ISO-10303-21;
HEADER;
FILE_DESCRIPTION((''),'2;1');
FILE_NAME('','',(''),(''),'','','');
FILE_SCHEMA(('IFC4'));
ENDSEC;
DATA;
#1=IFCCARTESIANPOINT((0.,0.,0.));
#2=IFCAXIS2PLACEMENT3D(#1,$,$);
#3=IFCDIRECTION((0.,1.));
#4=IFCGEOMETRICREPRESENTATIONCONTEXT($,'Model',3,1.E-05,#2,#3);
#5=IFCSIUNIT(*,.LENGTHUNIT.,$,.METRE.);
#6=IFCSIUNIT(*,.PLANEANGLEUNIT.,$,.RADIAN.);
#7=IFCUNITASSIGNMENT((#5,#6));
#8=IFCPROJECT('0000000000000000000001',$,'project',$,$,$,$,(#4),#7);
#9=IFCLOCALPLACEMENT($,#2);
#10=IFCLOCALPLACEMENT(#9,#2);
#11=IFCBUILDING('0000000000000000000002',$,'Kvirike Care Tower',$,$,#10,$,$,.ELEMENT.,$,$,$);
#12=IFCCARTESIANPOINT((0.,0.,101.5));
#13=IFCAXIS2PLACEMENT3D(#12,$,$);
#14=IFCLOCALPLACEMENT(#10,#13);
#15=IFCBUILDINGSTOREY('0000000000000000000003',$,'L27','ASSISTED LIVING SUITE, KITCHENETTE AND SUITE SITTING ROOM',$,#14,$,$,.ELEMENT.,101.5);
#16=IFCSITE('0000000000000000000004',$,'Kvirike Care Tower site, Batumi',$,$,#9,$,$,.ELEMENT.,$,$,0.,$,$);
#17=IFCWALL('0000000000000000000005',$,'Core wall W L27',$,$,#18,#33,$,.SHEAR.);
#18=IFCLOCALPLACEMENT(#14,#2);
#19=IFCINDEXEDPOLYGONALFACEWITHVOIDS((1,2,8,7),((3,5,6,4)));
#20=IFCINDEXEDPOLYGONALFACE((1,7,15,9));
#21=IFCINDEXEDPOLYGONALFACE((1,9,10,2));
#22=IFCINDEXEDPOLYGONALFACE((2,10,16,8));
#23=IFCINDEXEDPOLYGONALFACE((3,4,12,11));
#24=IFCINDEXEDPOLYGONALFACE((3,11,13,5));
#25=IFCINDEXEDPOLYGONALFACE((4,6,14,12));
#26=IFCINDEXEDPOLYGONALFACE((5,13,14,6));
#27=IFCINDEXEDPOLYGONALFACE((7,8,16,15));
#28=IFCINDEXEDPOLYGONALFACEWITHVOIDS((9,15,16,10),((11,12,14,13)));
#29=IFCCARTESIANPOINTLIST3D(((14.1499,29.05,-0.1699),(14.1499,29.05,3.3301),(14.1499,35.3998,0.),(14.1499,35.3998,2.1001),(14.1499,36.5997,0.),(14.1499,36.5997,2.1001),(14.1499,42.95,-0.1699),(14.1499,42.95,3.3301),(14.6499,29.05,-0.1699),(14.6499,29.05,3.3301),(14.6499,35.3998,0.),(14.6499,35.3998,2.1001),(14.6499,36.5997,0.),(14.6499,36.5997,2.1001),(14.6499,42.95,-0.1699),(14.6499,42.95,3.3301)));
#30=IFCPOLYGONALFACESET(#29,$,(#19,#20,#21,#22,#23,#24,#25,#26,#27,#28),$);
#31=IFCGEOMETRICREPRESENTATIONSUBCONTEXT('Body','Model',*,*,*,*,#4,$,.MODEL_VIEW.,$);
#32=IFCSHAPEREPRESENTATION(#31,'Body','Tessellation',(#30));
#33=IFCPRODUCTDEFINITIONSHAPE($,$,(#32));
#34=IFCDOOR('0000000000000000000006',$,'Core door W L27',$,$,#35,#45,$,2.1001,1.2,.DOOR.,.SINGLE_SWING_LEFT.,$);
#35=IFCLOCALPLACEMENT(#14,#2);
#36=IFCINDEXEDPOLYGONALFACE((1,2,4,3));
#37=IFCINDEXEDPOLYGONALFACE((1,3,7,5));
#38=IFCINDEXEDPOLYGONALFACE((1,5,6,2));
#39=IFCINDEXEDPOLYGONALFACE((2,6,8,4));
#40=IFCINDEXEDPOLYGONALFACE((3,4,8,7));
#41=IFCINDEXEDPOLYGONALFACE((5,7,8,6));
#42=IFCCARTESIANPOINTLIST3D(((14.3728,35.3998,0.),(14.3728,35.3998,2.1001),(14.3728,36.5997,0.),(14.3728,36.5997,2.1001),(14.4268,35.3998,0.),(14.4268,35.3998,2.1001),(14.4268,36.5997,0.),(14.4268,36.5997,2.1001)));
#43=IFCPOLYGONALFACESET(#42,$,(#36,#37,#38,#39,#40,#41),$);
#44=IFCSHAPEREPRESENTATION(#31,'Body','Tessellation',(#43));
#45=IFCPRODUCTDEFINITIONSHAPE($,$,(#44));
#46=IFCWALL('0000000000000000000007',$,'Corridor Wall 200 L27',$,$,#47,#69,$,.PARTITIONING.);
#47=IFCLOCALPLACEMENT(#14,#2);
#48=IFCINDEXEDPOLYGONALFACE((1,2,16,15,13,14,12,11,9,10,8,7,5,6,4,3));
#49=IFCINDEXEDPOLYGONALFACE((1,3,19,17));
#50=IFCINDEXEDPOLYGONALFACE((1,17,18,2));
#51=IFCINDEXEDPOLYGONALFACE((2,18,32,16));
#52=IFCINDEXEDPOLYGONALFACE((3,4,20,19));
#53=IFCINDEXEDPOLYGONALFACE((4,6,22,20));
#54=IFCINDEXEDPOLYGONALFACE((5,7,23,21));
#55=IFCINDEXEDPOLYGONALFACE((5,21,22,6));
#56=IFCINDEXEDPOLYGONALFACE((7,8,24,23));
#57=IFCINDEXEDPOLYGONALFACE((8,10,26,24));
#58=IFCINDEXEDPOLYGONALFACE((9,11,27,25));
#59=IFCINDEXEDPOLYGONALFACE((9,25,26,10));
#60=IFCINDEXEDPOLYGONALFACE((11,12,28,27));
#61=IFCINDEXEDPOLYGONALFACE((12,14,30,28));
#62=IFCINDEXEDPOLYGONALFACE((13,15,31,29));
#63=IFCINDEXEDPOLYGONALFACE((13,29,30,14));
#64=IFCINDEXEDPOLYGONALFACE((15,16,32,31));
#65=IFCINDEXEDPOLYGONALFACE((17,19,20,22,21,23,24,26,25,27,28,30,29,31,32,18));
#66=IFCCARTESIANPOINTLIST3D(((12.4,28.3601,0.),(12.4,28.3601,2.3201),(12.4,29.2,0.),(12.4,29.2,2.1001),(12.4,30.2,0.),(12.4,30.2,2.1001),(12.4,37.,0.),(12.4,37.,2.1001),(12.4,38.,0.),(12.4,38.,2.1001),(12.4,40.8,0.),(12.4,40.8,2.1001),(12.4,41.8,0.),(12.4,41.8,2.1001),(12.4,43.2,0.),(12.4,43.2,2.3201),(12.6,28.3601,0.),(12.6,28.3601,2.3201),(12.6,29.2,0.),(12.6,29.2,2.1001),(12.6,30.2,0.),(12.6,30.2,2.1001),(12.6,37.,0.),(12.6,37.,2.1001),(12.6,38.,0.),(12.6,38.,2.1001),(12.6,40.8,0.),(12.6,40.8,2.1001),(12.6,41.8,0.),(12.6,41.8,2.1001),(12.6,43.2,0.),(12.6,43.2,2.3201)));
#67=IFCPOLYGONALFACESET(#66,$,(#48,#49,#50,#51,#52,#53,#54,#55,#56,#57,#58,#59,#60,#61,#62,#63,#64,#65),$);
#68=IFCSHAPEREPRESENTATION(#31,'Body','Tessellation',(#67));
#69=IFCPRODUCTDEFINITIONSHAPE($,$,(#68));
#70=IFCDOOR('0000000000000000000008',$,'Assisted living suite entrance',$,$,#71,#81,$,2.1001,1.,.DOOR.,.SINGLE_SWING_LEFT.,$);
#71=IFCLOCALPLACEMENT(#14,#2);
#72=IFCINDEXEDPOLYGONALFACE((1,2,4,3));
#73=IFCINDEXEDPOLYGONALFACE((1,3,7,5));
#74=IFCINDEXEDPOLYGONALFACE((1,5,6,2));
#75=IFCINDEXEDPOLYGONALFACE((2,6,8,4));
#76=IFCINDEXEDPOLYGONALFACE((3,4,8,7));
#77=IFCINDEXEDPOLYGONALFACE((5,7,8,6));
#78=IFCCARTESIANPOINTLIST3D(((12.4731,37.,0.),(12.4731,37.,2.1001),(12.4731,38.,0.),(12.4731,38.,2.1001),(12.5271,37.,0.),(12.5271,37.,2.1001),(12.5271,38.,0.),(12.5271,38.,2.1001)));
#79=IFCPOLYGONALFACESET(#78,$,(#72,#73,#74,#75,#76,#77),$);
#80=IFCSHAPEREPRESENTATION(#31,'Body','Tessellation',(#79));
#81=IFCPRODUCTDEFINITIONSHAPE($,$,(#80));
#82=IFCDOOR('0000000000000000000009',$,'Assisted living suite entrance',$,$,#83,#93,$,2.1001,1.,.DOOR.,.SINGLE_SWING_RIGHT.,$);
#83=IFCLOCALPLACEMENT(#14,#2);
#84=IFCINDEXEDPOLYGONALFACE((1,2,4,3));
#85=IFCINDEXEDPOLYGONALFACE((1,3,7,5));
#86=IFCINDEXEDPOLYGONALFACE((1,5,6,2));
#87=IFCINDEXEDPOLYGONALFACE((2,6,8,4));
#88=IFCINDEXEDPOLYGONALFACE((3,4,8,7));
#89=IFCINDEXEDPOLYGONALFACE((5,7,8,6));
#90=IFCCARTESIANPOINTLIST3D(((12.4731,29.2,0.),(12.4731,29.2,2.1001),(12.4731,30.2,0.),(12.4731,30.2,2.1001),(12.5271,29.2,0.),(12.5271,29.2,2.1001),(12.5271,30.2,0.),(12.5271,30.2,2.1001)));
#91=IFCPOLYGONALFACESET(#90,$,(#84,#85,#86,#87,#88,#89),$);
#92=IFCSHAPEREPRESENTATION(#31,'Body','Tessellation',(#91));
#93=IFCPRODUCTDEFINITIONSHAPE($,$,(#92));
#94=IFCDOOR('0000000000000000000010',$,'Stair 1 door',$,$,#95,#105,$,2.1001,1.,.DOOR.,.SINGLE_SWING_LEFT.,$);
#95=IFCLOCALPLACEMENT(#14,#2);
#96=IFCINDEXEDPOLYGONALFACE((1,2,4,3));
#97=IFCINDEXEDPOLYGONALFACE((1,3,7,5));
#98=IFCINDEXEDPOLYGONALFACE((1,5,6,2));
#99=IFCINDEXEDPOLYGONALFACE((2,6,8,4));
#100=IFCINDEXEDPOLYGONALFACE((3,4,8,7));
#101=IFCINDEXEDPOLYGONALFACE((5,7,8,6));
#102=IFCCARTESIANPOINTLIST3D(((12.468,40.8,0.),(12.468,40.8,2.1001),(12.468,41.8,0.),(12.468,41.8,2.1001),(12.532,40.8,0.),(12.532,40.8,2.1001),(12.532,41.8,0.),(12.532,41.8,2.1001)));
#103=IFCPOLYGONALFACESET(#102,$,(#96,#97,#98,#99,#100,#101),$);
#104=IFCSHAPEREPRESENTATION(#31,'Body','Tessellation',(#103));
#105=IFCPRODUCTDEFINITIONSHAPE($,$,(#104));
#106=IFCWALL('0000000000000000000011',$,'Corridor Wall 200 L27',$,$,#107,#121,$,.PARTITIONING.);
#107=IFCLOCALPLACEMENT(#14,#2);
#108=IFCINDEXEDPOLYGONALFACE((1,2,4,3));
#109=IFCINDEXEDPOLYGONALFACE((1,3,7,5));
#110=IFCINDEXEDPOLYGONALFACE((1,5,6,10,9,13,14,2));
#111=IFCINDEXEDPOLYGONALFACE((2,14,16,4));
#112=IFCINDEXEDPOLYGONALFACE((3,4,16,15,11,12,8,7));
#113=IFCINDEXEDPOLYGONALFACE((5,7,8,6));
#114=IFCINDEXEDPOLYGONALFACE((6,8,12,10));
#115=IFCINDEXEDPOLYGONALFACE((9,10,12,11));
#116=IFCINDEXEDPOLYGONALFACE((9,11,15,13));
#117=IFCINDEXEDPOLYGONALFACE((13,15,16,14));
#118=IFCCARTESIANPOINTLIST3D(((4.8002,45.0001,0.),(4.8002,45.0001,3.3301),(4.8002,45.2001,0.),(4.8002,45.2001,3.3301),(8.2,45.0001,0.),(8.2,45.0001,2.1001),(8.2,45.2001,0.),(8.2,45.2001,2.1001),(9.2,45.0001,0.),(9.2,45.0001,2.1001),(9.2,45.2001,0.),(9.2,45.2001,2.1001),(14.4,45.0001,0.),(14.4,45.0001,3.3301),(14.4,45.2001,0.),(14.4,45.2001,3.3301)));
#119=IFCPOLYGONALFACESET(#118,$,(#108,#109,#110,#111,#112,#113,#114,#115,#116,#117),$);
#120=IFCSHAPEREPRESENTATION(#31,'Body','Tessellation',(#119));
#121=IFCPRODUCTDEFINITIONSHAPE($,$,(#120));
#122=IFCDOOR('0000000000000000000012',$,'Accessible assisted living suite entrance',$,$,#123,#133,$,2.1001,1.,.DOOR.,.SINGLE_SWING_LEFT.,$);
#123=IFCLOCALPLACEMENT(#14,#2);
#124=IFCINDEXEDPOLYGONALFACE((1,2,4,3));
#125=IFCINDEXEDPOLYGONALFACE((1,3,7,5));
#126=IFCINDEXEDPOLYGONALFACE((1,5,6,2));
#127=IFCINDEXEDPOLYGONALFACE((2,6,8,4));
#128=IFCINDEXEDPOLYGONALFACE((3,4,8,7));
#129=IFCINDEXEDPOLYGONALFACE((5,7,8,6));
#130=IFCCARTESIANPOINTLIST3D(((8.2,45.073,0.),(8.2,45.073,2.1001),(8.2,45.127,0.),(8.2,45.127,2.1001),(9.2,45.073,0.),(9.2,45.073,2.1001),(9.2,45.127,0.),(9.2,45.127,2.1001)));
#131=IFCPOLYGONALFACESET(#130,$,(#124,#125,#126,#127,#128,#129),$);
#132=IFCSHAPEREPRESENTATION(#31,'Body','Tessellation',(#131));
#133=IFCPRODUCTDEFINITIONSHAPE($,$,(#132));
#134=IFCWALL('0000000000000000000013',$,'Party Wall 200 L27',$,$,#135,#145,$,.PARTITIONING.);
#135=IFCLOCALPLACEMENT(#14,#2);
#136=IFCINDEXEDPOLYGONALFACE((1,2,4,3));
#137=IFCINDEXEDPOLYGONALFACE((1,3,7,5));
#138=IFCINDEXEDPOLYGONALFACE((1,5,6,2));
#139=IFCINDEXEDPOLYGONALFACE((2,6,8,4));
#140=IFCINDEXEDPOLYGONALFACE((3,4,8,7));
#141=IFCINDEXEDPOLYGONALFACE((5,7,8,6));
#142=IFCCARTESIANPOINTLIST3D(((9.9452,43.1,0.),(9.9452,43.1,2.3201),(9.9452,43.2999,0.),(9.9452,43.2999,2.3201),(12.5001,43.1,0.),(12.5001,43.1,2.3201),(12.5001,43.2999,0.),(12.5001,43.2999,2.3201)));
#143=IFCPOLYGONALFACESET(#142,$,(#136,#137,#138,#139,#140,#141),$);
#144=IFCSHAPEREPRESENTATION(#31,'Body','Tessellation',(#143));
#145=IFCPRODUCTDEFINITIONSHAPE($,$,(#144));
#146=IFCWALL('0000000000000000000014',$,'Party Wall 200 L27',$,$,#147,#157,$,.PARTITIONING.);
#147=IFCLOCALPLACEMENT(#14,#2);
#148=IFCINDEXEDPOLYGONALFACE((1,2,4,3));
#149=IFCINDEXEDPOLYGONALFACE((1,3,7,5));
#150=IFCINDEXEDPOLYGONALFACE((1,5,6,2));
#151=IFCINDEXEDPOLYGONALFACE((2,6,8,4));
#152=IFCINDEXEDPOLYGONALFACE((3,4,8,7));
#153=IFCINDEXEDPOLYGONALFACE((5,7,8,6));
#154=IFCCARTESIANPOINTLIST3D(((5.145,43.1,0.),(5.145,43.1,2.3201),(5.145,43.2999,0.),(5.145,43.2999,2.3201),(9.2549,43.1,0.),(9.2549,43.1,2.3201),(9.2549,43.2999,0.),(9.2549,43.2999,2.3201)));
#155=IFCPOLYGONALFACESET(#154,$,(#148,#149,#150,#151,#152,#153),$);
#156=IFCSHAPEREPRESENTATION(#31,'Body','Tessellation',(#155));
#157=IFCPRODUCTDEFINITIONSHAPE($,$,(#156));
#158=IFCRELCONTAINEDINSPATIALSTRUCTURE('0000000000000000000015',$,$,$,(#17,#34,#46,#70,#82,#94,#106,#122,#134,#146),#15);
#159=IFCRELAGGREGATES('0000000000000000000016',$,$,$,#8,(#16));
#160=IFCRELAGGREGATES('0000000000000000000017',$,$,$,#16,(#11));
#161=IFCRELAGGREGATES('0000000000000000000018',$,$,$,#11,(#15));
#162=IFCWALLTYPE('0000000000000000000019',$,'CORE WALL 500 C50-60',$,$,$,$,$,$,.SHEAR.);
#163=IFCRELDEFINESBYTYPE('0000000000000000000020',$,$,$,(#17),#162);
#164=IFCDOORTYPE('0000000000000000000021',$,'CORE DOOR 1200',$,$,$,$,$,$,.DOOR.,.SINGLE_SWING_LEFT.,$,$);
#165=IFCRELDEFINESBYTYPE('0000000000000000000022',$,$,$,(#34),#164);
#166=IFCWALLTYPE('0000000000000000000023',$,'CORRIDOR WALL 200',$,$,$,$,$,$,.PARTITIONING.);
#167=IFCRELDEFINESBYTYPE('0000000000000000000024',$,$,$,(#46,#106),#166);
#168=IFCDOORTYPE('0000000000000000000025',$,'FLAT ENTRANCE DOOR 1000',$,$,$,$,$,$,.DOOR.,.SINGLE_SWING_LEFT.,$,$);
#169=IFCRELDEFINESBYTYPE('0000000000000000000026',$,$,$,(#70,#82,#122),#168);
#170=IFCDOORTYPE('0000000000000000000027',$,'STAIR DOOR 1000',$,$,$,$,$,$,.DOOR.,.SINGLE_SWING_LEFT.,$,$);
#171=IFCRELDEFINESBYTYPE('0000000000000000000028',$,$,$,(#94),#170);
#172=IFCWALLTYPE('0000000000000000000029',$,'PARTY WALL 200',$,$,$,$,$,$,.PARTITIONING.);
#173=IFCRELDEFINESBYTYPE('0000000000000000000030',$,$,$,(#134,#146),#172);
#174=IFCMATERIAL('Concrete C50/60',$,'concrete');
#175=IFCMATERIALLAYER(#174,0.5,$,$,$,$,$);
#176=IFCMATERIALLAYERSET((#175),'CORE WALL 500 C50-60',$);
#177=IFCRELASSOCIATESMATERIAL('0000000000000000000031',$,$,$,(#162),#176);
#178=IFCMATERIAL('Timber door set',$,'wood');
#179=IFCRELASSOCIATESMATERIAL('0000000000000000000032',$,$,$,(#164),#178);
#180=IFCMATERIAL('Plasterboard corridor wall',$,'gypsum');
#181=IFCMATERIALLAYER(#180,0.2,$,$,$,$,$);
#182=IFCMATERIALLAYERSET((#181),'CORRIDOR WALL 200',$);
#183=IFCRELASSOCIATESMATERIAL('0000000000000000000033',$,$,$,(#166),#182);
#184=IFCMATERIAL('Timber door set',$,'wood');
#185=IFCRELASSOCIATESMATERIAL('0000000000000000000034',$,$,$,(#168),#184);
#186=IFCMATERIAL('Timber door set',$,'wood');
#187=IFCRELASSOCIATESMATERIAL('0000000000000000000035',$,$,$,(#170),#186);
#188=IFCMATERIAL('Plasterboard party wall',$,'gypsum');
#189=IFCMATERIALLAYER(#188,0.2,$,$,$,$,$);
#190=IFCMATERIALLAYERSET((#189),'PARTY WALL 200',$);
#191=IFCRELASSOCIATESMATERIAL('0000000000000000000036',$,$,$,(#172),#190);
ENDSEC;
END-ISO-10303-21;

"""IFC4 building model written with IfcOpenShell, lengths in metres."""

from ifc_helpers import new_model, si_unit, direction, frame, frame_2d, origin, place, context, subcontext, project, spatial, rectangle, extrude, material, layer, layer_set, type_object, element, fill, save


model = new_model("IFC4")

# Units and contexts
model_context = context("Model", 3, precision=1e-05, world=origin(), true_north=direction((0.0, 1.0)))
body_context = subcontext(model_context, "Body", "Model", "MODEL_VIEW")
ifc_project = project(units=[si_unit("LENGTHUNIT", "METRE"), si_unit("PLANEANGLEUNIT", "RADIAN")], contexts=[model_context])

# Site, building, storey
site_placement = place(None, origin())
site = spatial("IfcSite", under=ifc_project, at=site_placement, Name="Kvirike Care Tower site, Batumi", CompositionType="ELEMENT", RefElevation=0.0)
building_placement = place(site_placement, origin())
building = spatial("IfcBuilding", under=site, at=building_placement, Name="Kvirike Care Tower", CompositionType="ELEMENT")
storey_placement = place(building_placement, frame((0.0, 0.0, 101.5)))
storey = spatial("IfcBuildingStorey", under=building, at=storey_placement, Name="L27", Description="ASSISTED LIVING SUITE, KITCHENETTE AND SUITE SITTING ROOM", CompositionType="ELEMENT", Elevation=101.5)

# Wall, opening, door
ifc_material_1 = material(Name="Concrete C50/60", Category="concrete")
ifc_layer_1 = layer(ifc_material_1, 0.5)
ifc_layer_set_1 = layer_set([ifc_layer_1], Name="CORE WALL 500 C50-60")
wall_type_1 = type_object("IfcWallType", Name="CORE WALL 500 C50-60", PredefinedType="SHEAR", material=ifc_layer_set_1)
wall_1_placement = place(storey_placement, frame((14.3999, 42.95, -0.1699), z_axis=(0.0, 0.0, 1.0), x_axis=(0.0, -1.0, 0.0)))
wall_1 = element("IfcWall", 1, at=wall_1_placement, inside=storey, type_object=wall_type_1, Name="Core wall W L27", PredefinedType="SHEAR", context=body_context, shape_type="SweptSolid", body=[
    extrude(rectangle(XDim=13.8999, YDim=0.5, at=frame_2d((6.95, 0.0))), origin(), (0.0, 0.0, 1.0), 3.5),
])
opening_1_placement = place(wall_1_placement, frame((6.3501, 0.0, 0.1699)))
opening_1 = element("IfcOpeningElement", 2, at=opening_1_placement, cuts=wall_1, PredefinedType="OPENING", context=body_context, shape_type="SweptSolid", body=[
    extrude(rectangle(XDim=1.2, YDim=2.1001, at=frame_2d((0.6001, 1.05))), frame((0.0, 0.2605, 0.0), z_axis=(0.0, -1.0, 0.0), x_axis=(1.0, 0.0, 0.0)), (0.0, 0.0, 1.0), 0.521),
])
ifc_material_2 = material(Name="Timber door set", Category="wood")
door_type_1 = type_object("IfcDoorType", Name="CORE DOOR 1200", OperationType="SINGLE_SWING_LEFT", PredefinedType="DOOR", material=ifc_material_2)
door_1_placement = place(opening_1_placement, origin())
door_1 = element("IfcDoor", 3, at=door_1_placement, inside=storey, type_object=door_type_1, Name="Core door W L27", OperationType="SINGLE_SWING_LEFT", OverallHeight=2.1001, OverallWidth=1.2, PredefinedType="DOOR", context=body_context, shape_type="SweptSolid", body=[
    extrude(rectangle(XDim=1.2, YDim=2.1001, at=frame_2d((0.6001, 1.05))), frame((0.0, 0.0269, 0.0), z_axis=(0.0, -1.0, 0.0), x_axis=(1.0, 0.0, 0.0)), (0.0, 0.0, 1.0), 0.054),
])
fill(opening_1, door_1)

# Wall, openings, doors
ifc_material_3 = material(Name="Plasterboard corridor wall", Category="gypsum")
ifc_layer_2 = layer(ifc_material_3, 0.2)
ifc_layer_set_2 = layer_set([ifc_layer_2], Name="CORRIDOR WALL 200")
wall_type_2 = type_object("IfcWallType", Name="CORRIDOR WALL 200", PredefinedType="PARTITIONING", material=ifc_layer_set_2)
wall_2_placement = place(storey_placement, frame((12.5, 43.2, 0.0), z_axis=(0.0, 0.0, 1.0), x_axis=(0.0, -1.0, 0.0)))
wall_2 = element("IfcWall", 4, at=wall_2_placement, inside=storey, type_object=wall_type_2, Name="Corridor Wall 200 L27", PredefinedType="PARTITIONING", context=body_context, shape_type="SweptSolid", body=[
    extrude(rectangle(XDim=14.8398, YDim=0.2, at=frame_2d((7.4199, 0.0))), origin(), (0.0, 0.0, 1.0), 2.3201),
])
opening_2_placement = place(wall_2_placement, frame((1.3999, 0.0, 0.0)))
opening_2 = element("IfcOpeningElement", 5, at=opening_2_placement, cuts=wall_2, PredefinedType="OPENING", context=body_context, shape_type="SweptSolid", body=[
    extrude(rectangle(XDim=1.0, YDim=2.1001, at=frame_2d((0.5, 1.05))), frame((0.0, 0.1106, 0.0), z_axis=(0.0, -1.0, 0.0), x_axis=(1.0, 0.0, 0.0)), (0.0, 0.0, 1.0), 0.2209),
])
opening_3_placement = place(wall_2_placement, frame((5.2, 0.0, 0.0)))
opening_3 = element("IfcOpeningElement", 6, at=opening_3_placement, cuts=wall_2, PredefinedType="OPENING", context=body_context, shape_type="SweptSolid", body=[
    extrude(rectangle(XDim=1.0, YDim=2.1001, at=frame_2d((0.5, 1.05))), frame((0.0, 0.1106, 0.0), z_axis=(0.0, -1.0, 0.0), x_axis=(1.0, 0.0, 0.0)), (0.0, 0.0, 1.0), 0.2209),
])
opening_4_placement = place(wall_2_placement, frame((13.0, 0.0, 0.0)))
opening_4 = element("IfcOpeningElement", 7, at=opening_4_placement, cuts=wall_2, PredefinedType="OPENING", context=body_context, shape_type="SweptSolid", body=[
    extrude(rectangle(XDim=1.0, YDim=2.1001, at=frame_2d((0.5, 1.05))), frame((0.0, 0.1106, 0.0), z_axis=(0.0, -1.0, 0.0), x_axis=(1.0, 0.0, 0.0)), (0.0, 0.0, 1.0), 0.2209),
])
ifc_material_4 = material(Name="Timber door set", Category="wood")
door_type_2 = type_object("IfcDoorType", Name="FLAT ENTRANCE DOOR 1000", OperationType="SINGLE_SWING_LEFT", PredefinedType="DOOR", material=ifc_material_4)
door_2_placement = place(opening_3_placement, frame((1.0, 0.0, 0.0), z_axis=(0.0, 0.0, 1.0), x_axis=(-1.0, 0.0, 0.0)))
door_2 = element("IfcDoor", 8, at=door_2_placement, inside=storey, type_object=door_type_2, Name="Assisted living suite entrance", OperationType="SINGLE_SWING_LEFT", OverallHeight=2.1001, OverallWidth=1.0, PredefinedType="DOOR", context=body_context, shape_type="SweptSolid", body=[
    extrude(rectangle(XDim=1.0, YDim=2.1001, at=frame_2d((0.5, 1.05))), frame((0.0, 0.0269, 0.0), z_axis=(0.0, -1.0, 0.0), x_axis=(1.0, 0.0, 0.0)), (0.0, 0.0, 1.0), 0.054),
])
fill(opening_3, door_2)
door_3_placement = place(opening_4_placement, frame((1.0, 0.0, 0.0), z_axis=(0.0, 0.0, 1.0), x_axis=(-1.0, 0.0, 0.0)))
door_3 = element("IfcDoor", 9, at=door_3_placement, inside=storey, type_object=door_type_2, Name="Assisted living suite entrance", OperationType="SINGLE_SWING_RIGHT", OverallHeight=2.1001, OverallWidth=1.0, PredefinedType="DOOR", context=body_context, shape_type="SweptSolid", body=[
    extrude(rectangle(XDim=1.0, YDim=2.1001, at=frame_2d((0.5, 1.05))), frame((0.0, 0.0269, 0.0), z_axis=(0.0, -1.0, 0.0), x_axis=(1.0, 0.0, 0.0)), (0.0, 0.0, 1.0), 0.054),
])
fill(opening_4, door_3)
ifc_material_5 = material(Name="Timber door set", Category="wood")
door_type_3 = type_object("IfcDoorType", Name="STAIR DOOR 1000", OperationType="SINGLE_SWING_LEFT", PredefinedType="DOOR", material=ifc_material_5)
door_4_placement = place(opening_2_placement, frame((1.0, 0.0, 0.0), z_axis=(0.0, 0.0, 1.0), x_axis=(-1.0, 0.0, 0.0)))
door_4 = element("IfcDoor", 10, at=door_4_placement, inside=storey, type_object=door_type_3, Name="Stair 1 door", OperationType="SINGLE_SWING_LEFT", OverallHeight=2.1001, OverallWidth=1.0, PredefinedType="DOOR", context=body_context, shape_type="SweptSolid", body=[
    extrude(rectangle(XDim=1.0, YDim=2.1001, at=frame_2d((0.5, 1.05))), frame((0.0, 0.032, 0.0), z_axis=(0.0, -1.0, 0.0), x_axis=(1.0, 0.0, 0.0)), (0.0, 0.0, 1.0), 0.064),
])
fill(opening_2, door_4)

# Wall, opening, door
wall_3_placement = place(storey_placement, frame((14.3999, 45.1001, 0.0), z_axis=(0.0, 0.0, 1.0), x_axis=(-1.0, 0.0, 0.0)))
wall_3 = element("IfcWall", 11, at=wall_3_placement, inside=storey, type_object=wall_type_2, Name="Corridor Wall 200 L27", PredefinedType="PARTITIONING", context=body_context, shape_type="SweptSolid", body=[
    extrude(rectangle(XDim=9.5999, YDim=0.2, at=frame_2d((4.7998, 0.0))), origin(), (0.0, 0.0, 1.0), 3.3301),
])
opening_5_placement = place(wall_3_placement, frame((5.2, 0.0, 0.0)))
opening_5 = element("IfcOpeningElement", 12, at=opening_5_placement, cuts=wall_3, PredefinedType="OPENING", context=body_context, shape_type="SweptSolid", body=[
    extrude(rectangle(XDim=1.0, YDim=2.1001, at=frame_2d((0.5, 1.05))), frame((0.0, 0.1106, 0.0), z_axis=(0.0, -1.0, 0.0), x_axis=(1.0, 0.0, 0.0)), (0.0, 0.0, 1.0), 0.2209),
])
door_5_placement = place(opening_5_placement, frame((1.0, 0.0, 0.0), z_axis=(0.0, 0.0, 1.0), x_axis=(-1.0, 0.0, 0.0)))
door_5 = element("IfcDoor", 13, at=door_5_placement, inside=storey, type_object=door_type_2, Name="Accessible assisted living suite entrance", OperationType="SINGLE_SWING_LEFT", OverallHeight=2.1001, OverallWidth=1.0, PredefinedType="DOOR", context=body_context, shape_type="SweptSolid", body=[
    extrude(rectangle(XDim=1.0, YDim=2.1001, at=frame_2d((0.5, 1.05))), frame((0.0, 0.0269, 0.0), z_axis=(0.0, -1.0, 0.0), x_axis=(1.0, 0.0, 0.0)), (0.0, 0.0, 1.0), 0.054),
])
fill(opening_5, door_5)

# Walls
ifc_material_6 = material(Name="Plasterboard party wall", Category="gypsum")
ifc_layer_3 = layer(ifc_material_6, 0.2)
ifc_layer_set_3 = layer_set([ifc_layer_3], Name="PARTY WALL 200")
wall_type_3 = type_object("IfcWallType", Name="PARTY WALL 200", PredefinedType="PARTITIONING", material=ifc_layer_set_3)
wall_4_placement = place(storey_placement, frame((12.5, 43.2, 0.0), z_axis=(0.0, 0.0, 1.0), x_axis=(-1.0, 0.0, 0.0)))
element("IfcWall", 14, at=wall_4_placement, inside=storey, type_object=wall_type_3, Name="Party Wall 200 L27", PredefinedType="PARTITIONING", context=body_context, shape_type="SweptSolid", body=[
    extrude(rectangle(XDim=2.5549, YDim=0.2, at=frame_2d((1.2773, 0.0))), origin(), (0.0, 0.0, 1.0), 2.3201),
])
wall_5_placement = place(storey_placement, frame((9.2549, 43.2, 0.0), z_axis=(0.0, 0.0, 1.0), x_axis=(-1.0, 0.0, 0.0)))
element("IfcWall", 15, at=wall_5_placement, inside=storey, type_object=wall_type_3, Name="Party Wall 200 L27", PredefinedType="PARTITIONING", context=body_context, shape_type="SweptSolid", body=[
    extrude(rectangle(XDim=4.1099, YDim=0.2, at=frame_2d((2.0549, 0.0))), origin(), (0.0, 0.0, 1.0), 2.3201),
])

save(model, "model.ifc")
